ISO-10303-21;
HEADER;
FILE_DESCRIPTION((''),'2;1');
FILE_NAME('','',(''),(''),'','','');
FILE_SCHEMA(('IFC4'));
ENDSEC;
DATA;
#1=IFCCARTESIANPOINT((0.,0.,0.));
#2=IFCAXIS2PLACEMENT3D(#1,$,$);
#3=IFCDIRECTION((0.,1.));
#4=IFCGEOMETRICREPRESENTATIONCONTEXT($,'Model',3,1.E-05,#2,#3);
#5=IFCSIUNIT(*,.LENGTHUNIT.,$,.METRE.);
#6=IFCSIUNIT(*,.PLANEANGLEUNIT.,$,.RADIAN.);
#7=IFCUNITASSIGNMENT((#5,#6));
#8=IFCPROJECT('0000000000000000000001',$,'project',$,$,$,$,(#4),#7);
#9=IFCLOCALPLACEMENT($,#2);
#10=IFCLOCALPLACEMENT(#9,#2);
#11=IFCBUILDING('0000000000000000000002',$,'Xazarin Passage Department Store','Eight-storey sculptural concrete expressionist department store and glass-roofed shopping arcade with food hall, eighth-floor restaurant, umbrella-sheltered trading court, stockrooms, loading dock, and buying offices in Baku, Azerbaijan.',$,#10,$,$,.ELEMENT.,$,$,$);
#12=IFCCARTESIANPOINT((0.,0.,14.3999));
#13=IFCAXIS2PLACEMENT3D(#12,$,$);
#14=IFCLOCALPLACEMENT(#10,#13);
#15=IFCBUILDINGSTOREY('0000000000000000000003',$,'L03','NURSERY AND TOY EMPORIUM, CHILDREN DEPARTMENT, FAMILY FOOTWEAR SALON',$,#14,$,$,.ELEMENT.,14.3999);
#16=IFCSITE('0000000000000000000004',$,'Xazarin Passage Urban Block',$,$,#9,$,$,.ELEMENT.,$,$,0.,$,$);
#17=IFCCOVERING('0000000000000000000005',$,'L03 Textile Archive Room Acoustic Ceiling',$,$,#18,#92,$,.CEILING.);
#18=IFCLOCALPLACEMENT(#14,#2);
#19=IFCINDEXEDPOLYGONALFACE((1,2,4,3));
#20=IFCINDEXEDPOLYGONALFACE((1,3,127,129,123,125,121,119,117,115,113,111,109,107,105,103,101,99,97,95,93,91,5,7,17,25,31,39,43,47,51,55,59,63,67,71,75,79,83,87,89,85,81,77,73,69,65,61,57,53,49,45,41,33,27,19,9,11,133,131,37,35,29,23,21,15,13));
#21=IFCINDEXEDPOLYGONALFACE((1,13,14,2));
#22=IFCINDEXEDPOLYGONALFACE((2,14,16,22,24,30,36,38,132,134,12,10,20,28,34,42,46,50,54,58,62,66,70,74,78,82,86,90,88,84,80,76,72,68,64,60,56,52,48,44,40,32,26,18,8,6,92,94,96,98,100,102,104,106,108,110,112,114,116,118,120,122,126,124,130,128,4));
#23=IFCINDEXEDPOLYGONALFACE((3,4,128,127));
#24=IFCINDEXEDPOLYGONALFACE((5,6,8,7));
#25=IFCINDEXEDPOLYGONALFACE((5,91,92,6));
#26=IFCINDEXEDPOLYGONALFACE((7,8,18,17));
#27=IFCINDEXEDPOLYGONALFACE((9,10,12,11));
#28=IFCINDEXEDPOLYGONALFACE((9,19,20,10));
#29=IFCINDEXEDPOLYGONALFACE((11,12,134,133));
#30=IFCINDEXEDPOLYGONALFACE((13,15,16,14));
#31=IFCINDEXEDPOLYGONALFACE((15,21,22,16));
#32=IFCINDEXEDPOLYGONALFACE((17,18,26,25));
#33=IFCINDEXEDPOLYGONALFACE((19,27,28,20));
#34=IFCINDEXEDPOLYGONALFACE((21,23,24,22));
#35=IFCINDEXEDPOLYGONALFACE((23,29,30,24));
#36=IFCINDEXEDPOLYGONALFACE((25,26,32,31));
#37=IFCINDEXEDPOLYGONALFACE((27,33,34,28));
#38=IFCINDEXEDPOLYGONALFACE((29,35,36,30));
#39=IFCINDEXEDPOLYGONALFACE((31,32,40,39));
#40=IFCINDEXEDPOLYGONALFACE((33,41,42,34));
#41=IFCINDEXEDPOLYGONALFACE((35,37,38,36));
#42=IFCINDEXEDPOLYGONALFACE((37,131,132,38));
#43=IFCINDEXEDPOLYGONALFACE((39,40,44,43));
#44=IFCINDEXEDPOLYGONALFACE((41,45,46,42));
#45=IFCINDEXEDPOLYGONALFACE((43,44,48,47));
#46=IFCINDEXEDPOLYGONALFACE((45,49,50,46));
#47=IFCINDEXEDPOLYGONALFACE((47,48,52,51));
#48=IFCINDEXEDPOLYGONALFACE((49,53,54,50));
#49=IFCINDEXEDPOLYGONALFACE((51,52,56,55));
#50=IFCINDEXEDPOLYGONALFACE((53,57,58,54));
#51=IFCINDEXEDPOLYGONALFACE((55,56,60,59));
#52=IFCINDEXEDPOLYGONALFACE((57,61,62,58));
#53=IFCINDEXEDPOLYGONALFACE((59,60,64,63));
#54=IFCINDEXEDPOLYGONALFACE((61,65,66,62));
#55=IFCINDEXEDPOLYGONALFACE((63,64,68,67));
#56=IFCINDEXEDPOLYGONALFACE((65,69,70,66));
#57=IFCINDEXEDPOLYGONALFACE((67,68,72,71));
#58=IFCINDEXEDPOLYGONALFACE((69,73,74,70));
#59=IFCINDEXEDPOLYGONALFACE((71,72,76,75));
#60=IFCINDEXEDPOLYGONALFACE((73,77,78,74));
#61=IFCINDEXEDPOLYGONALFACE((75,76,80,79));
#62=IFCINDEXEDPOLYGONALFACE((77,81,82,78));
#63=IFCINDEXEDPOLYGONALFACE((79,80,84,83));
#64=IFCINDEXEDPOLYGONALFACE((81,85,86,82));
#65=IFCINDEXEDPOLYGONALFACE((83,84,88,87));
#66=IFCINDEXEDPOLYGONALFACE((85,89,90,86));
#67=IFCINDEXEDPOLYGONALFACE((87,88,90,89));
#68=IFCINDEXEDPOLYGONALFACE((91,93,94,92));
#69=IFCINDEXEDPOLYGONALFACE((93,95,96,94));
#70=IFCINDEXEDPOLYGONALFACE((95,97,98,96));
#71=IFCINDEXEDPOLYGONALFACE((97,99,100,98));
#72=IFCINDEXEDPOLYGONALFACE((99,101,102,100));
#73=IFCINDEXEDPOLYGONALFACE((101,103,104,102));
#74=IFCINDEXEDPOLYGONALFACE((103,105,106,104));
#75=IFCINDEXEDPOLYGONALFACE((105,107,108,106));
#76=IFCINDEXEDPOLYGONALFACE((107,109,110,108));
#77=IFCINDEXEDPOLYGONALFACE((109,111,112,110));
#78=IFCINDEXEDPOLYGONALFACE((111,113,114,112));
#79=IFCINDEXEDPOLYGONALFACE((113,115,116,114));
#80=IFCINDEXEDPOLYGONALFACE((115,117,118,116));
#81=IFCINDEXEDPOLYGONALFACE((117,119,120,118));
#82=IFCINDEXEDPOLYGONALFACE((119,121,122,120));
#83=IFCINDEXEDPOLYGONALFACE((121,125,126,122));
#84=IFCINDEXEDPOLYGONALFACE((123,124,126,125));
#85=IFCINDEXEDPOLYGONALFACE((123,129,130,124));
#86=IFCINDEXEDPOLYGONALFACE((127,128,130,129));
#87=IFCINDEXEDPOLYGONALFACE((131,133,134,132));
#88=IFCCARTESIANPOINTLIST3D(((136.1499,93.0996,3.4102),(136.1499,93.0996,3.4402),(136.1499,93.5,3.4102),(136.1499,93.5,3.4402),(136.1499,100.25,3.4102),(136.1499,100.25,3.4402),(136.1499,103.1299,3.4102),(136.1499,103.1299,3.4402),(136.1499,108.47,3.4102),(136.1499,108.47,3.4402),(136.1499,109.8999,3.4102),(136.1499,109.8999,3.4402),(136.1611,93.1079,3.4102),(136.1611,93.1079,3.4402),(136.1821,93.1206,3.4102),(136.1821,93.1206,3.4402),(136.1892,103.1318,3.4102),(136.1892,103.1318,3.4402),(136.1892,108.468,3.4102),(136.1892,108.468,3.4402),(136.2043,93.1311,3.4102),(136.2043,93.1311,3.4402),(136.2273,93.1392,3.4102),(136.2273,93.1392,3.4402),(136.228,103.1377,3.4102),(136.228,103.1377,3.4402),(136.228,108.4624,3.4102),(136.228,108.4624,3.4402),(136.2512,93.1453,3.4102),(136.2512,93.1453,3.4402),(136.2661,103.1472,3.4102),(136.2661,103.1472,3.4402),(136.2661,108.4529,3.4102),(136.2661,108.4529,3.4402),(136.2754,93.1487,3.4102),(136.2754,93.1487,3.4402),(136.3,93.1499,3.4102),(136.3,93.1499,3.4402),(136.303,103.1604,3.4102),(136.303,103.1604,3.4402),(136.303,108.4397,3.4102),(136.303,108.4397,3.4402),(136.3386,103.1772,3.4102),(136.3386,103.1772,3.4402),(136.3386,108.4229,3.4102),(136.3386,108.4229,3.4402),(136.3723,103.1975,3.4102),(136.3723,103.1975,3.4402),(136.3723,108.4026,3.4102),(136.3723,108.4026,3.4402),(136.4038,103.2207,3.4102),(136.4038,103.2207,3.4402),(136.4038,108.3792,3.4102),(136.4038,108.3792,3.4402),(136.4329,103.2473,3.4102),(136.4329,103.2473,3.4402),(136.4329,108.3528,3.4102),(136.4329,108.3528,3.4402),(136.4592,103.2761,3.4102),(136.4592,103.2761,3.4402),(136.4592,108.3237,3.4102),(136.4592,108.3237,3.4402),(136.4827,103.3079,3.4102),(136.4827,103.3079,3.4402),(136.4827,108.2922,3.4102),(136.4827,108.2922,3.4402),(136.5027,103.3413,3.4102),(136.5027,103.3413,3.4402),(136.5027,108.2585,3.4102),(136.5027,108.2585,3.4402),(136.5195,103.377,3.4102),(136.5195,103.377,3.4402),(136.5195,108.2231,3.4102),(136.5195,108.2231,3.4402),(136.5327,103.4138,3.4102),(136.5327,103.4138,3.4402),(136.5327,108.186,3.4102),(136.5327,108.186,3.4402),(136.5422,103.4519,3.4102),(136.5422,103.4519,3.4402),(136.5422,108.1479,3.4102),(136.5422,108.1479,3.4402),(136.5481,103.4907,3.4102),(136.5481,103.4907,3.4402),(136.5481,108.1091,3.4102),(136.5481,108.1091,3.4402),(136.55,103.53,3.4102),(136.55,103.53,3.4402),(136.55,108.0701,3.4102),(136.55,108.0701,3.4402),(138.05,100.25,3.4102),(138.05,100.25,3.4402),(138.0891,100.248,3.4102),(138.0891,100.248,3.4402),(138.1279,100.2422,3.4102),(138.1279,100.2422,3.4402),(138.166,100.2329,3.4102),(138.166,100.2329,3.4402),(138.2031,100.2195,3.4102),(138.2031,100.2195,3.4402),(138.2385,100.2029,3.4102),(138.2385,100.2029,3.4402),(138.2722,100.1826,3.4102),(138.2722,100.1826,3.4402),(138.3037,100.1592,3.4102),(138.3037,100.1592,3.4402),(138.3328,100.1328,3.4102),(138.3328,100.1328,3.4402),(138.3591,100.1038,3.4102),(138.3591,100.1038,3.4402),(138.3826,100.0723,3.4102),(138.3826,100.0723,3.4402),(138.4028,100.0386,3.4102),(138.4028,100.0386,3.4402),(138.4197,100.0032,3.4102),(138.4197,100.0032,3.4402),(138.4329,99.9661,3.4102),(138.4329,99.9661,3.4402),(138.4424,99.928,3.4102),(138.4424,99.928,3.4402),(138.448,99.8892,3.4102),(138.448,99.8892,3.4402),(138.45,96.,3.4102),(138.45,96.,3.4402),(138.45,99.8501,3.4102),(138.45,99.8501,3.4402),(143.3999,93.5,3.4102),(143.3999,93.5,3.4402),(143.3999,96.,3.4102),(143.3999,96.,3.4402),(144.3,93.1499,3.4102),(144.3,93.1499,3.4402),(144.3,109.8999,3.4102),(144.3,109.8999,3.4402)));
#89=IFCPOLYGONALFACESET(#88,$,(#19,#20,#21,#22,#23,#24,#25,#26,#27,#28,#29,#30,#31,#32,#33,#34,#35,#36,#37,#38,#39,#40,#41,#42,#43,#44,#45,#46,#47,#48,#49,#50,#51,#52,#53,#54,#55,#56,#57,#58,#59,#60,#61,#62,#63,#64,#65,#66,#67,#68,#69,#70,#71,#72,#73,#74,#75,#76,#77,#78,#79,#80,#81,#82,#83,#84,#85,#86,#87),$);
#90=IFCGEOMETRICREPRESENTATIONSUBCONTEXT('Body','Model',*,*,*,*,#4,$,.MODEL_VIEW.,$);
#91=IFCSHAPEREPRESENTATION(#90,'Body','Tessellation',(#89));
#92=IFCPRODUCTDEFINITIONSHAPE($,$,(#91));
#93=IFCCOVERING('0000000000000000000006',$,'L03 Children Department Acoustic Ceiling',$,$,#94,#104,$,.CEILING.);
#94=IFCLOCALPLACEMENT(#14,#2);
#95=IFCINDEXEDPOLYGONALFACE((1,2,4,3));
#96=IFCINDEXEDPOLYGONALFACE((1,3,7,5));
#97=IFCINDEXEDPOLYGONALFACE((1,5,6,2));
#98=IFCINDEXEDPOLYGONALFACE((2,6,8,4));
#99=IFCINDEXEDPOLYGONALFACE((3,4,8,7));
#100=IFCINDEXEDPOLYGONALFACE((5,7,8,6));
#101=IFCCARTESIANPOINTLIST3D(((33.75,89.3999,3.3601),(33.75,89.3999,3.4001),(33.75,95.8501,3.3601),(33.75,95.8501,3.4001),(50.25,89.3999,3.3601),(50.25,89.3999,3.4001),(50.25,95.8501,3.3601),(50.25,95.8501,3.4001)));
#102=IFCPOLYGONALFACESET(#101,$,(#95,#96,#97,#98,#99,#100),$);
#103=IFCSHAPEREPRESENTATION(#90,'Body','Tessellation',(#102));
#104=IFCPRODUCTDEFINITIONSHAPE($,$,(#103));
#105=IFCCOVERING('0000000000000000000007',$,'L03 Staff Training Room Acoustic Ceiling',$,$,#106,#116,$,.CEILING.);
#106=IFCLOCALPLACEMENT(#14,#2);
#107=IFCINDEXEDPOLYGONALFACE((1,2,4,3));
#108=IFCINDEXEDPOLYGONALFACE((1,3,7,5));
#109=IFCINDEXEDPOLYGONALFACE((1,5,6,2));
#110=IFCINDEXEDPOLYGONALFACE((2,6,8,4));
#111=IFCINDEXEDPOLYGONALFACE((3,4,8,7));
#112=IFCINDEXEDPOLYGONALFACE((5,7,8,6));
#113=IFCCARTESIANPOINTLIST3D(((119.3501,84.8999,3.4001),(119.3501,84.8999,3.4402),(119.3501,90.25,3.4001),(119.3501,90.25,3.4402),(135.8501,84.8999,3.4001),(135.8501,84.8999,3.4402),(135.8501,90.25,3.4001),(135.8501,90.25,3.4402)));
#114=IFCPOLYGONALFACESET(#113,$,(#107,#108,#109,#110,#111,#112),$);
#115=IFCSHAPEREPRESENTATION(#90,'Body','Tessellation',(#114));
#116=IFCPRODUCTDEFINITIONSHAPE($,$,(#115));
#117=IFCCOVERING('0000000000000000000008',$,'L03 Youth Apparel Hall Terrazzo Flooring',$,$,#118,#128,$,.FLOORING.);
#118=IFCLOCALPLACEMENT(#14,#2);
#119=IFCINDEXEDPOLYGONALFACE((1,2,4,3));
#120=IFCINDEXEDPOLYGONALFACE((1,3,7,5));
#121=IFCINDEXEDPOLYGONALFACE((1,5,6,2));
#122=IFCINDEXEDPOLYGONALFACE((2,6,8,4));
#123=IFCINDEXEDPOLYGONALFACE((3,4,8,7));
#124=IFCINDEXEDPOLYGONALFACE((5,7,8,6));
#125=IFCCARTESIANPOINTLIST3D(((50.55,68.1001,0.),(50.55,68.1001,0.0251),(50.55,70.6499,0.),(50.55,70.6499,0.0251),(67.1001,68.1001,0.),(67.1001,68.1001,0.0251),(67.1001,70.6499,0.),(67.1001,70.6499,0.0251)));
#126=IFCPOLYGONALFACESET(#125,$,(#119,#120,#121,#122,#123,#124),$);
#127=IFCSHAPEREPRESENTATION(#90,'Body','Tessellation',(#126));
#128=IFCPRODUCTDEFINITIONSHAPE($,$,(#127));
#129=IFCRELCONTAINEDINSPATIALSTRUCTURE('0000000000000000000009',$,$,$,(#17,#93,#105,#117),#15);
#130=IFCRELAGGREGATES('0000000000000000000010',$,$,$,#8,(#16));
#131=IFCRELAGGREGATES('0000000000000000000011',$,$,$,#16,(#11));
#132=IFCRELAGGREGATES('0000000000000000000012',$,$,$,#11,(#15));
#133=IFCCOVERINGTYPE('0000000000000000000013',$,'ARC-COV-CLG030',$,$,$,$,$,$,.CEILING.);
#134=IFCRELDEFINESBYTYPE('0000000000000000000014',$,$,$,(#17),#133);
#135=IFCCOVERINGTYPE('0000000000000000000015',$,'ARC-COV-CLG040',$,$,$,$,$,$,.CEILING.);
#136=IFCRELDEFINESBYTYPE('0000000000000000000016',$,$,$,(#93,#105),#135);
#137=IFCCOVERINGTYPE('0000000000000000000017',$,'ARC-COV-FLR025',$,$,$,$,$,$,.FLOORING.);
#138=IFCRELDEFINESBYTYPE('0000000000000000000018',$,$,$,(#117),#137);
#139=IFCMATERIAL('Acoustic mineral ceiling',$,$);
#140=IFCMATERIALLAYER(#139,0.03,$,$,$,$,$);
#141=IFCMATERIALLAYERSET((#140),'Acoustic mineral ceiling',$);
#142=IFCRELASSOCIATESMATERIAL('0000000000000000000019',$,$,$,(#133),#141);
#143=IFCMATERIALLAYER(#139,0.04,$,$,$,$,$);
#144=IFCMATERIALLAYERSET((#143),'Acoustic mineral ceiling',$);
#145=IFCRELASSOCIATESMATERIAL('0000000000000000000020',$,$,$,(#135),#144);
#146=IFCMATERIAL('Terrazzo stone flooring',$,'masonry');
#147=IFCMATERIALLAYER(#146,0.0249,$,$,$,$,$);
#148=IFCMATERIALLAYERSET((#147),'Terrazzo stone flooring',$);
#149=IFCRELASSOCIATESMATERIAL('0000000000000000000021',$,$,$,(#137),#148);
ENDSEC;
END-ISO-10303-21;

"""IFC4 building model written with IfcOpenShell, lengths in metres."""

from ifc_helpers import new_model, si_unit, direction, frame, origin, place, context, subcontext, project, spatial, polyline, outline, extrude, material, layer, layer_set, type_object, element, save


model = new_model("IFC4")

# Units and contexts
model_context = context("Model", 3, precision=1e-05, world=origin(), true_north=direction((0.0, 1.0)))
body_context = subcontext(model_context, "Body", "Model", "MODEL_VIEW")
ifc_project = project(units=[si_unit("LENGTHUNIT", "METRE"), si_unit("PLANEANGLEUNIT", "RADIAN")], contexts=[model_context])

# Site, building, storey
site_placement = place(None, origin())
site = spatial("IfcSite", under=ifc_project, at=site_placement, Name="Xazarin Passage Urban Block", CompositionType="ELEMENT", RefElevation=0.0)
building_placement = place(site_placement, origin())
building = spatial("IfcBuilding", under=site, at=building_placement, Name="Xazarin Passage Department Store", Description="Eight-storey sculptural concrete expressionist department store and glass-roofed shopping arcade with food hall, eighth-floor restaurant, umbrella-sheltered trading court, stockrooms, loading dock, and buying offices in Baku, Azerbaijan.", CompositionType="ELEMENT")
storey_placement = place(building_placement, frame((0.0, 0.0, 14.3999)))
storey = spatial("IfcBuildingStorey", under=building, at=storey_placement, Name="L03", Description="NURSERY AND TOY EMPORIUM, CHILDREN DEPARTMENT, FAMILY FOOTWEAR SALON", CompositionType="ELEMENT", Elevation=14.3999)

# Coverings
ifc_material_1 = material(Name="Acoustic mineral ceiling")
ifc_layer_1 = layer(ifc_material_1, 0.03)
ifc_layer_set_1 = layer_set([ifc_layer_1], Name="Acoustic mineral ceiling")
covering_type_1 = type_object("IfcCoveringType", Name="ARC-COV-CLG030", PredefinedType="CEILING", material=ifc_layer_set_1)
covering_1_placement = place(storey_placement, frame((0.0, 0.0, 3.4102)))
element("IfcCovering", 1, at=covering_1_placement, inside=storey, type_object=covering_type_1, Name="L03 Textile Archive Room Acoustic Ceiling", PredefinedType="CEILING", context=body_context, shape_type="SweptSolid", body=[
    extrude(outline(polyline([(136.1499, 108.47), (136.1892, 108.468), (136.228, 108.4624), (136.2661, 108.4529), (136.303, 108.4397), (136.3386, 108.4229), (136.3723, 108.4026), (136.4038, 108.3792), (136.4329, 108.3528), (136.4592, 108.3237), (136.4827, 108.2922), (136.5027, 108.2585), (136.5195, 108.2231), (136.5327, 108.186), (136.5422, 108.1479), (136.5481, 108.1091), (136.55, 108.0701), (136.55, 103.53), (136.5481, 103.4907), (136.5422, 103.4519), (136.5327, 103.4138), (136.5195, 103.377), (136.5027, 103.3413), (136.4827, 103.3079), (136.4592, 103.2761), (136.4329, 103.2473), (136.4038, 103.2207), (136.3723, 103.1975), (136.3386, 103.1772), (136.303, 103.1604), (136.2661, 103.1472), (136.228, 103.1377), (136.1892, 103.1318), (136.1499, 103.1299), (136.1499, 100.25), (138.05, 100.25), (138.0891, 100.248), (138.1279, 100.2422), (138.166, 100.2329), (138.2031, 100.2195), (138.2385, 100.2029), (138.2722, 100.1826), (138.3037, 100.1592), (138.3328, 100.1328), (138.3591, 100.1038), (138.3826, 100.0723), (138.4028, 100.0386), (138.4197, 100.0032), (138.4329, 99.9661), (138.4424, 99.928), (138.448, 99.8892), (138.45, 99.8501), (138.45, 96.0), (143.3999, 96.0), (143.3999, 93.5), (136.1499, 93.5), (136.1499, 93.0996), (136.1611, 93.1079), (136.1821, 93.1206), (136.2043, 93.1311), (136.2273, 93.1392), (136.2512, 93.1453), (136.2754, 93.1487), (136.3, 93.1499), (144.3, 93.1499), (144.3, 109.8999), (136.1499, 109.8999), (136.1499, 108.47)])), origin(), (0.0, 0.0, 1.0), 0.03),
])
ifc_layer_2 = layer(ifc_material_1, 0.04)
ifc_layer_set_2 = layer_set([ifc_layer_2], Name="Acoustic mineral ceiling")
covering_type_2 = type_object("IfcCoveringType", Name="ARC-COV-CLG040", PredefinedType="CEILING", material=ifc_layer_set_2)
covering_2_placement = place(storey_placement, frame((0.0, 0.0, 3.3601)))
element("IfcCovering", 2, at=covering_2_placement, inside=storey, type_object=covering_type_2, Name="L03 Children Department Acoustic Ceiling", PredefinedType="CEILING", context=body_context, shape_type="SweptSolid", body=[
    extrude(outline(polyline([(33.75, 89.3999), (50.25, 89.3999), (50.25, 95.8501), (33.75, 95.8501), (33.75, 89.3999)])), origin(), (0.0, 0.0, 1.0), 0.04),
])
covering_3_placement = place(storey_placement, frame((0.0, 0.0, 3.4001)))
element("IfcCovering", 3, at=covering_3_placement, inside=storey, type_object=covering_type_2, Name="L03 Staff Training Room Acoustic Ceiling", PredefinedType="CEILING", context=body_context, shape_type="SweptSolid", body=[
    extrude(outline(polyline([(119.3501, 84.8999), (135.8501, 84.8999), (135.8501, 90.25), (119.3501, 90.25), (119.3501, 84.8999)])), origin(), (0.0, 0.0, 1.0), 0.04),
])
ifc_material_2 = material(Name="Terrazzo stone flooring", Category="masonry")
ifc_layer_3 = layer(ifc_material_2, 0.0249)
ifc_layer_set_3 = layer_set([ifc_layer_3], Name="Terrazzo stone flooring")
covering_type_3 = type_object("IfcCoveringType", Name="ARC-COV-FLR025", PredefinedType="FLOORING", material=ifc_layer_set_3)
covering_4_placement = place(storey_placement, origin())
element("IfcCovering", 4, at=covering_4_placement, inside=storey, type_object=covering_type_3, Name="L03 Youth Apparel Hall Terrazzo Flooring", PredefinedType="FLOORING", context=body_context, shape_type="SweptSolid", body=[
    extrude(outline(polyline([(50.55, 68.1001), (67.1001, 68.1001), (67.1001, 70.6499), (50.55, 70.6499), (50.55, 68.1001)])), origin(), (0.0, 0.0, 1.0), 0.0251),
])

save(model, "model.ifc")
